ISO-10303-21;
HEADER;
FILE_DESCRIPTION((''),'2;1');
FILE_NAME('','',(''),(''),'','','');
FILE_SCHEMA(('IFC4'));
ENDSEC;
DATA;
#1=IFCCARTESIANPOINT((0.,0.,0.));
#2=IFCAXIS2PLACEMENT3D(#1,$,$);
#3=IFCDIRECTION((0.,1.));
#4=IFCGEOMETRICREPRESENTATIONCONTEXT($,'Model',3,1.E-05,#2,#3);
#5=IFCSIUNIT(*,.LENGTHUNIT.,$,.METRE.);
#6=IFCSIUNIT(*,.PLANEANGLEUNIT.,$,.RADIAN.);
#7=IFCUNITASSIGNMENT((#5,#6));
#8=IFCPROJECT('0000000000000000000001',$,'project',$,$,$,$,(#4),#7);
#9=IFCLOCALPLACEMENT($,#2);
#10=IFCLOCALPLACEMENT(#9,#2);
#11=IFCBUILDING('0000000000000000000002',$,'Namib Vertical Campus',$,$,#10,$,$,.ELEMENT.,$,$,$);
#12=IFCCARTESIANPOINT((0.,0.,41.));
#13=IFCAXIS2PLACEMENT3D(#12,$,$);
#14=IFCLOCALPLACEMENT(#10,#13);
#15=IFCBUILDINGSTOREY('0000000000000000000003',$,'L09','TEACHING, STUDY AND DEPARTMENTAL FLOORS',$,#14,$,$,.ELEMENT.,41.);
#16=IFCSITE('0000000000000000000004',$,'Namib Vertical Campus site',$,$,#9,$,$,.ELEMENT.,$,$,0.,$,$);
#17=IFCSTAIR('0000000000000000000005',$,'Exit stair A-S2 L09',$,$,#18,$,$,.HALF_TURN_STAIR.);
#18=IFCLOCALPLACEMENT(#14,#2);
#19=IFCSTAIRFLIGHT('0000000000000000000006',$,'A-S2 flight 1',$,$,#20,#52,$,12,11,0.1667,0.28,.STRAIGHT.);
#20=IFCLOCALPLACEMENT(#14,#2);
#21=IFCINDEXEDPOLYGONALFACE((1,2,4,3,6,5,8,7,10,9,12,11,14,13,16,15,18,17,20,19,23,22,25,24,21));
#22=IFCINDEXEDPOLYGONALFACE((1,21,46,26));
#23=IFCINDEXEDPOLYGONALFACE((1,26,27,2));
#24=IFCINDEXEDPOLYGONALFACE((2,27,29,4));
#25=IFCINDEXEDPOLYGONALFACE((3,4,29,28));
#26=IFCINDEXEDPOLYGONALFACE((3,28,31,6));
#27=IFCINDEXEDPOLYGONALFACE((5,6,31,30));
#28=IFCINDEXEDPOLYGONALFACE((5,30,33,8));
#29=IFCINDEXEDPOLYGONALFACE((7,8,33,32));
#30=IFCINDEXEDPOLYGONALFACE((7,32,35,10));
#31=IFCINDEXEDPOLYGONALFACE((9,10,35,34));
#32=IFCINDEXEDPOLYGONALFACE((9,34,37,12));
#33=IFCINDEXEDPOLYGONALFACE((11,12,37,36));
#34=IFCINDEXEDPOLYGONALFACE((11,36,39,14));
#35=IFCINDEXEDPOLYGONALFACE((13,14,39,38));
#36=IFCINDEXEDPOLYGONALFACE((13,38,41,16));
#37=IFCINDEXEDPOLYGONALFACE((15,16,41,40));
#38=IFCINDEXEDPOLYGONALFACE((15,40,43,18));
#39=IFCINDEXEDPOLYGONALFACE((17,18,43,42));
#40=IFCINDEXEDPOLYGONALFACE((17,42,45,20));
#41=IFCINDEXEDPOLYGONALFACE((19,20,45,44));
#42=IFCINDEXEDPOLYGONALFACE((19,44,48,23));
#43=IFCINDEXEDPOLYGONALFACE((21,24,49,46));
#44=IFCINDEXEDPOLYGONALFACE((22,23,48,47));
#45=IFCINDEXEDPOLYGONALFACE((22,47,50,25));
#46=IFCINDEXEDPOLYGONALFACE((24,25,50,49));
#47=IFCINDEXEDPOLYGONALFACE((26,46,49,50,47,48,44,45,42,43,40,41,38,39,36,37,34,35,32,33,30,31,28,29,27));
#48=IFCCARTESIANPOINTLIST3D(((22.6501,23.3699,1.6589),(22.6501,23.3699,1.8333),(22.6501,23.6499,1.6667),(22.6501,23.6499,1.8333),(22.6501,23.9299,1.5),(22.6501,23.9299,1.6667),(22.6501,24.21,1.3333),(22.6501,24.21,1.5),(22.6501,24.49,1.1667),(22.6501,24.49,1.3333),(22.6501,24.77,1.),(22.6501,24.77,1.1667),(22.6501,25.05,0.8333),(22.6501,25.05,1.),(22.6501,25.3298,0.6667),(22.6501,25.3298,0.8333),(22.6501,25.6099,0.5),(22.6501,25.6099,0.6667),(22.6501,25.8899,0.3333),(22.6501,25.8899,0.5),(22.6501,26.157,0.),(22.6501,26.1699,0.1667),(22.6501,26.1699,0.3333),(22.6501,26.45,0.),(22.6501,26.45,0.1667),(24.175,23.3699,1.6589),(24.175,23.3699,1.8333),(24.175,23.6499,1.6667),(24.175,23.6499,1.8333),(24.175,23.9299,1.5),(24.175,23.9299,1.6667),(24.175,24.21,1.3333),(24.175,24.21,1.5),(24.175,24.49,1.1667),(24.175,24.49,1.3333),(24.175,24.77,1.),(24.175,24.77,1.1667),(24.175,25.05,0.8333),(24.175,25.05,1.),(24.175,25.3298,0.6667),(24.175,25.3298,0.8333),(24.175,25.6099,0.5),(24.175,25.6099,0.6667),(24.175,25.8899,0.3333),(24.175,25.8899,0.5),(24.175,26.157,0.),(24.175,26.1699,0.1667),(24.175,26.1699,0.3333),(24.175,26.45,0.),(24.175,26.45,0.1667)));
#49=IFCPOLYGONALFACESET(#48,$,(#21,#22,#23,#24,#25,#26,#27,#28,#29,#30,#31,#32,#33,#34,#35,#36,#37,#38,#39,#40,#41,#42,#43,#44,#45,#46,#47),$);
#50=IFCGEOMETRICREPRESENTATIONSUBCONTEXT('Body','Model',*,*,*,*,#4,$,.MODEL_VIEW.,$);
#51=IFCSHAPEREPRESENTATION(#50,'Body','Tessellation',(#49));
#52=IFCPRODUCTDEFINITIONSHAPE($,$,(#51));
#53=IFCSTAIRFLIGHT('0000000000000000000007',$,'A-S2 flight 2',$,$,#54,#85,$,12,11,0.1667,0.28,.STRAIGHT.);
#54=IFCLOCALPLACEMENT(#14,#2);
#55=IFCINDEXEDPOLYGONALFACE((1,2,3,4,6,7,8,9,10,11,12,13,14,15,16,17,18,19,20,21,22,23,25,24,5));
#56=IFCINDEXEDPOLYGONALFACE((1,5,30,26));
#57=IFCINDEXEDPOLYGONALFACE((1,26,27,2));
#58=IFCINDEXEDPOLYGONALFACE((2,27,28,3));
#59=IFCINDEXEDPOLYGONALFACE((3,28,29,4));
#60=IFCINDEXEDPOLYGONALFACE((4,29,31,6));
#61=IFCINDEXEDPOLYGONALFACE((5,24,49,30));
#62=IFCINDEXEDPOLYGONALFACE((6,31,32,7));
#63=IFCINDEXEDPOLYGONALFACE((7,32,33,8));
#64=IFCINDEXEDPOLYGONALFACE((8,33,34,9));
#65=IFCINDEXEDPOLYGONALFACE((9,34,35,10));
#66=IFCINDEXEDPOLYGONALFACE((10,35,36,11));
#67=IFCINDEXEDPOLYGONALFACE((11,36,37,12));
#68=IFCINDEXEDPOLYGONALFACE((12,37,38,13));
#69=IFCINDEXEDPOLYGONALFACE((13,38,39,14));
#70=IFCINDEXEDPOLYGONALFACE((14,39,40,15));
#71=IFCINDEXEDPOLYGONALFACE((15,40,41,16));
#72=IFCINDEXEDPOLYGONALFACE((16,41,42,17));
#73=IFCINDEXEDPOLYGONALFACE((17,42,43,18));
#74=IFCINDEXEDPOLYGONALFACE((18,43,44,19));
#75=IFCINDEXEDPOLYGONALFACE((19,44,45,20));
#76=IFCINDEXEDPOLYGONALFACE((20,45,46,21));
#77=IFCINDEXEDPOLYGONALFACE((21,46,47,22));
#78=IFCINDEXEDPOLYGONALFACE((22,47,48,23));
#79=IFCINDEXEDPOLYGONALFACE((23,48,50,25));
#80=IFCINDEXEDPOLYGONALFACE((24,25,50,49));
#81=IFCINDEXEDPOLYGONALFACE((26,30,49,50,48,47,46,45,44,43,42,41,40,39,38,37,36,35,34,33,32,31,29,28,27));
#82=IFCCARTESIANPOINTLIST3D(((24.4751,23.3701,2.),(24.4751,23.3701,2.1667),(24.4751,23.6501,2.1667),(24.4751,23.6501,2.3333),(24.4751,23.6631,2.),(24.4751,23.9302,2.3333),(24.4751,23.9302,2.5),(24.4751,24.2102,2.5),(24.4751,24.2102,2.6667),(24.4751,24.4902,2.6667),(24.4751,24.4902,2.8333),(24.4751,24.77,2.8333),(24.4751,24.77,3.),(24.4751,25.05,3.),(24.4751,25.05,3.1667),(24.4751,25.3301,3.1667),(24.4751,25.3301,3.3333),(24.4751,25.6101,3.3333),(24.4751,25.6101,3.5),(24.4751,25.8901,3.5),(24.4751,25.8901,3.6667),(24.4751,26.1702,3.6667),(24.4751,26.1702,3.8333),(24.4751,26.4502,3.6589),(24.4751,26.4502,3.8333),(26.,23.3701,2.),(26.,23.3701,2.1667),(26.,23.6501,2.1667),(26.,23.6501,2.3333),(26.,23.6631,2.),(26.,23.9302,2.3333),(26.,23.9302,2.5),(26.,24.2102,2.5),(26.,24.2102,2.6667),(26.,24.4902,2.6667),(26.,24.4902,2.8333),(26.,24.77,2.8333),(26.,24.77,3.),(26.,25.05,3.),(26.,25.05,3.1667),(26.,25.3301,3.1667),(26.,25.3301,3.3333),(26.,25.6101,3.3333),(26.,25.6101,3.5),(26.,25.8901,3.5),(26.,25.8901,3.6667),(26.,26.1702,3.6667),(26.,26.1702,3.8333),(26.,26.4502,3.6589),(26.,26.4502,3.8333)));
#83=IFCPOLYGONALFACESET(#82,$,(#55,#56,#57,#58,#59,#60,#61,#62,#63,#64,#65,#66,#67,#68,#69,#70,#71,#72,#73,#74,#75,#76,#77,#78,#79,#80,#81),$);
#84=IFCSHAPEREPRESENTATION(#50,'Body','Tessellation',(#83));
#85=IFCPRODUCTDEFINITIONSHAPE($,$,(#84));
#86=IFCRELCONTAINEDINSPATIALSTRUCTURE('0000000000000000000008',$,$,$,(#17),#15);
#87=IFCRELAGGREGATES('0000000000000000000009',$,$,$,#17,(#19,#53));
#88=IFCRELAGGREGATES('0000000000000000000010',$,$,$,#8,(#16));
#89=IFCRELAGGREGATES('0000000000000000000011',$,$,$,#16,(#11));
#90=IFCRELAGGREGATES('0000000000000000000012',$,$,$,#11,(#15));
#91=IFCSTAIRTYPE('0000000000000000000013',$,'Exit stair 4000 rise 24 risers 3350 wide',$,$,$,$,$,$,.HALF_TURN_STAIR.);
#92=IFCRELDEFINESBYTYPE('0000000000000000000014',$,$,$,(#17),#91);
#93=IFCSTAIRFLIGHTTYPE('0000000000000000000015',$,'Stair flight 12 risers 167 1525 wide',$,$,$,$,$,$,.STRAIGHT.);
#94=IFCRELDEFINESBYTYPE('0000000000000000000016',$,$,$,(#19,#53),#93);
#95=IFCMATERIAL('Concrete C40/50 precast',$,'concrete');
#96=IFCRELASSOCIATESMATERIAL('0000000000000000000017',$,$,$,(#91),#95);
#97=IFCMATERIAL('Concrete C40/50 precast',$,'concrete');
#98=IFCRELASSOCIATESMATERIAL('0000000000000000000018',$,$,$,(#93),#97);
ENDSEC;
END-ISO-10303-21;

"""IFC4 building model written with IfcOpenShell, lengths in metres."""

from ifc_helpers import new_model, si_unit, direction, frame, origin, place, context, subcontext, project, spatial, polyline, outline, extrude, material, type_object, element, aggregate, save


model = new_model("IFC4")

# Units and contexts
model_context = context("Model", 3, precision=1e-05, world=origin(), true_north=direction((0.0, 1.0)))
body_context = subcontext(model_context, "Body", "Model", "MODEL_VIEW")
ifc_project = project(units=[si_unit("LENGTHUNIT", "METRE"), si_unit("PLANEANGLEUNIT", "RADIAN")], contexts=[model_context])

# Site, building, storey
site_placement = place(None, origin())
site = spatial("IfcSite", under=ifc_project, at=site_placement, Name="Namib Vertical Campus site", CompositionType="ELEMENT", RefElevation=0.0)
building_placement = place(site_placement, origin())
building = spatial("IfcBuilding", under=site, at=building_placement, Name="Namib Vertical Campus", CompositionType="ELEMENT")
storey_placement = place(building_placement, frame((0.0, 0.0, 41.0)))
storey = spatial("IfcBuildingStorey", under=building, at=storey_placement, Name="L09", Description="TEACHING, STUDY AND DEPARTMENTAL FLOORS", CompositionType="ELEMENT", Elevation=41.0)

# Stair, stair flights
ifc_material_1 = material(Name="Concrete C40/50 precast", Category="concrete")
stair_type = type_object("IfcStairType", Name="Exit stair 4000 rise 24 risers 3350 wide", PredefinedType="HALF_TURN_STAIR", material=ifc_material_1)
stair_placement = place(storey_placement, origin())
stair = element("IfcStair", 1, at=stair_placement, inside=storey, type_object=stair_type, Name="Exit stair A-S2 L09", PredefinedType="HALF_TURN_STAIR")
ifc_material_2 = material(Name="Concrete C40/50 precast", Category="concrete")
stair_flight_type = type_object("IfcStairFlightType", Name="Stair flight 12 risers 167 1525 wide", PredefinedType="STRAIGHT", material=ifc_material_2)
stair_flight_1_placement = place(storey_placement, frame((23.4126, 26.45, 0.0), z_axis=(0.0, 0.0, 1.0), x_axis=(0.0, -1.0, 0.0)))
stair_flight_1 = element("IfcStairFlight", 2, at=stair_flight_1_placement, type_object=stair_flight_type, Name="A-S2 flight 1", NumberOfRisers=12, NumberOfTreads=11, PredefinedType="STRAIGHT", RiserHeight=0.1667, TreadLength=0.28, context=body_context, shape_type="SweptSolid", body=[
    extrude(outline(polyline([(0.0, 0.0), (0.0, 0.1667), (0.28, 0.1667), (0.28, 0.3333), (0.5601, 0.3333), (0.5601, 0.5), (0.8401, 0.5), (0.8401, 0.6667), (1.1201, 0.6667), (1.1201, 0.8333), (1.3999, 0.8333), (1.3999, 1.0), (1.6799, 1.0), (1.6799, 1.1667), (1.96, 1.1667), (1.96, 1.3333), (2.24, 1.3333), (2.24, 1.5), (2.52, 1.5), (2.52, 1.6667), (2.8, 1.6667), (2.8, 1.8333), (3.0801, 1.8333), (3.0801, 2.0), (3.0801, 1.6589), (0.293, 0.0), (0.0, 0.0)])), frame((0.0, 0.7625, 0.0), z_axis=(0.0, -1.0, 0.0), x_axis=(1.0, 0.0, 0.0)), (0.0, 0.0, 1.0), 1.5249),
])
stair_flight_2_placement = place(storey_placement, frame((25.2375, 23.3701, 2.0), z_axis=(0.0, 0.0, 1.0), x_axis=(0.0, 1.0, 0.0)))
stair_flight_2 = element("IfcStairFlight", 3, at=stair_flight_2_placement, type_object=stair_flight_type, Name="A-S2 flight 2", NumberOfRisers=12, NumberOfTreads=11, PredefinedType="STRAIGHT", RiserHeight=0.1667, TreadLength=0.28, context=body_context, shape_type="SweptSolid", body=[
    extrude(outline(polyline([(0.0, 0.0), (0.0, 0.1667), (0.28, 0.1667), (0.28, 0.3333), (0.5601, 0.3333), (0.5601, 0.5), (0.8401, 0.5), (0.8401, 0.6667), (1.1201, 0.6667), (1.1201, 0.8333), (1.3999, 0.8333), (1.3999, 1.0), (1.6799, 1.0), (1.6799, 1.1667), (1.96, 1.1667), (1.96, 1.3333), (2.24, 1.3333), (2.24, 1.5), (2.52, 1.5), (2.52, 1.6667), (2.8, 1.6667), (2.8, 1.8333), (3.0801, 1.8333), (3.0801, 2.0), (3.0801, 1.6589), (0.293, 0.0), (0.0, 0.0)])), frame((0.0, 0.7625, 0.0), z_axis=(0.0, -1.0, 0.0), x_axis=(1.0, 0.0, 0.0)), (0.0, 0.0, 1.0), 1.5249),
])
aggregate(stair, [stair_flight_1, stair_flight_2])

save(model, "model.ifc")
